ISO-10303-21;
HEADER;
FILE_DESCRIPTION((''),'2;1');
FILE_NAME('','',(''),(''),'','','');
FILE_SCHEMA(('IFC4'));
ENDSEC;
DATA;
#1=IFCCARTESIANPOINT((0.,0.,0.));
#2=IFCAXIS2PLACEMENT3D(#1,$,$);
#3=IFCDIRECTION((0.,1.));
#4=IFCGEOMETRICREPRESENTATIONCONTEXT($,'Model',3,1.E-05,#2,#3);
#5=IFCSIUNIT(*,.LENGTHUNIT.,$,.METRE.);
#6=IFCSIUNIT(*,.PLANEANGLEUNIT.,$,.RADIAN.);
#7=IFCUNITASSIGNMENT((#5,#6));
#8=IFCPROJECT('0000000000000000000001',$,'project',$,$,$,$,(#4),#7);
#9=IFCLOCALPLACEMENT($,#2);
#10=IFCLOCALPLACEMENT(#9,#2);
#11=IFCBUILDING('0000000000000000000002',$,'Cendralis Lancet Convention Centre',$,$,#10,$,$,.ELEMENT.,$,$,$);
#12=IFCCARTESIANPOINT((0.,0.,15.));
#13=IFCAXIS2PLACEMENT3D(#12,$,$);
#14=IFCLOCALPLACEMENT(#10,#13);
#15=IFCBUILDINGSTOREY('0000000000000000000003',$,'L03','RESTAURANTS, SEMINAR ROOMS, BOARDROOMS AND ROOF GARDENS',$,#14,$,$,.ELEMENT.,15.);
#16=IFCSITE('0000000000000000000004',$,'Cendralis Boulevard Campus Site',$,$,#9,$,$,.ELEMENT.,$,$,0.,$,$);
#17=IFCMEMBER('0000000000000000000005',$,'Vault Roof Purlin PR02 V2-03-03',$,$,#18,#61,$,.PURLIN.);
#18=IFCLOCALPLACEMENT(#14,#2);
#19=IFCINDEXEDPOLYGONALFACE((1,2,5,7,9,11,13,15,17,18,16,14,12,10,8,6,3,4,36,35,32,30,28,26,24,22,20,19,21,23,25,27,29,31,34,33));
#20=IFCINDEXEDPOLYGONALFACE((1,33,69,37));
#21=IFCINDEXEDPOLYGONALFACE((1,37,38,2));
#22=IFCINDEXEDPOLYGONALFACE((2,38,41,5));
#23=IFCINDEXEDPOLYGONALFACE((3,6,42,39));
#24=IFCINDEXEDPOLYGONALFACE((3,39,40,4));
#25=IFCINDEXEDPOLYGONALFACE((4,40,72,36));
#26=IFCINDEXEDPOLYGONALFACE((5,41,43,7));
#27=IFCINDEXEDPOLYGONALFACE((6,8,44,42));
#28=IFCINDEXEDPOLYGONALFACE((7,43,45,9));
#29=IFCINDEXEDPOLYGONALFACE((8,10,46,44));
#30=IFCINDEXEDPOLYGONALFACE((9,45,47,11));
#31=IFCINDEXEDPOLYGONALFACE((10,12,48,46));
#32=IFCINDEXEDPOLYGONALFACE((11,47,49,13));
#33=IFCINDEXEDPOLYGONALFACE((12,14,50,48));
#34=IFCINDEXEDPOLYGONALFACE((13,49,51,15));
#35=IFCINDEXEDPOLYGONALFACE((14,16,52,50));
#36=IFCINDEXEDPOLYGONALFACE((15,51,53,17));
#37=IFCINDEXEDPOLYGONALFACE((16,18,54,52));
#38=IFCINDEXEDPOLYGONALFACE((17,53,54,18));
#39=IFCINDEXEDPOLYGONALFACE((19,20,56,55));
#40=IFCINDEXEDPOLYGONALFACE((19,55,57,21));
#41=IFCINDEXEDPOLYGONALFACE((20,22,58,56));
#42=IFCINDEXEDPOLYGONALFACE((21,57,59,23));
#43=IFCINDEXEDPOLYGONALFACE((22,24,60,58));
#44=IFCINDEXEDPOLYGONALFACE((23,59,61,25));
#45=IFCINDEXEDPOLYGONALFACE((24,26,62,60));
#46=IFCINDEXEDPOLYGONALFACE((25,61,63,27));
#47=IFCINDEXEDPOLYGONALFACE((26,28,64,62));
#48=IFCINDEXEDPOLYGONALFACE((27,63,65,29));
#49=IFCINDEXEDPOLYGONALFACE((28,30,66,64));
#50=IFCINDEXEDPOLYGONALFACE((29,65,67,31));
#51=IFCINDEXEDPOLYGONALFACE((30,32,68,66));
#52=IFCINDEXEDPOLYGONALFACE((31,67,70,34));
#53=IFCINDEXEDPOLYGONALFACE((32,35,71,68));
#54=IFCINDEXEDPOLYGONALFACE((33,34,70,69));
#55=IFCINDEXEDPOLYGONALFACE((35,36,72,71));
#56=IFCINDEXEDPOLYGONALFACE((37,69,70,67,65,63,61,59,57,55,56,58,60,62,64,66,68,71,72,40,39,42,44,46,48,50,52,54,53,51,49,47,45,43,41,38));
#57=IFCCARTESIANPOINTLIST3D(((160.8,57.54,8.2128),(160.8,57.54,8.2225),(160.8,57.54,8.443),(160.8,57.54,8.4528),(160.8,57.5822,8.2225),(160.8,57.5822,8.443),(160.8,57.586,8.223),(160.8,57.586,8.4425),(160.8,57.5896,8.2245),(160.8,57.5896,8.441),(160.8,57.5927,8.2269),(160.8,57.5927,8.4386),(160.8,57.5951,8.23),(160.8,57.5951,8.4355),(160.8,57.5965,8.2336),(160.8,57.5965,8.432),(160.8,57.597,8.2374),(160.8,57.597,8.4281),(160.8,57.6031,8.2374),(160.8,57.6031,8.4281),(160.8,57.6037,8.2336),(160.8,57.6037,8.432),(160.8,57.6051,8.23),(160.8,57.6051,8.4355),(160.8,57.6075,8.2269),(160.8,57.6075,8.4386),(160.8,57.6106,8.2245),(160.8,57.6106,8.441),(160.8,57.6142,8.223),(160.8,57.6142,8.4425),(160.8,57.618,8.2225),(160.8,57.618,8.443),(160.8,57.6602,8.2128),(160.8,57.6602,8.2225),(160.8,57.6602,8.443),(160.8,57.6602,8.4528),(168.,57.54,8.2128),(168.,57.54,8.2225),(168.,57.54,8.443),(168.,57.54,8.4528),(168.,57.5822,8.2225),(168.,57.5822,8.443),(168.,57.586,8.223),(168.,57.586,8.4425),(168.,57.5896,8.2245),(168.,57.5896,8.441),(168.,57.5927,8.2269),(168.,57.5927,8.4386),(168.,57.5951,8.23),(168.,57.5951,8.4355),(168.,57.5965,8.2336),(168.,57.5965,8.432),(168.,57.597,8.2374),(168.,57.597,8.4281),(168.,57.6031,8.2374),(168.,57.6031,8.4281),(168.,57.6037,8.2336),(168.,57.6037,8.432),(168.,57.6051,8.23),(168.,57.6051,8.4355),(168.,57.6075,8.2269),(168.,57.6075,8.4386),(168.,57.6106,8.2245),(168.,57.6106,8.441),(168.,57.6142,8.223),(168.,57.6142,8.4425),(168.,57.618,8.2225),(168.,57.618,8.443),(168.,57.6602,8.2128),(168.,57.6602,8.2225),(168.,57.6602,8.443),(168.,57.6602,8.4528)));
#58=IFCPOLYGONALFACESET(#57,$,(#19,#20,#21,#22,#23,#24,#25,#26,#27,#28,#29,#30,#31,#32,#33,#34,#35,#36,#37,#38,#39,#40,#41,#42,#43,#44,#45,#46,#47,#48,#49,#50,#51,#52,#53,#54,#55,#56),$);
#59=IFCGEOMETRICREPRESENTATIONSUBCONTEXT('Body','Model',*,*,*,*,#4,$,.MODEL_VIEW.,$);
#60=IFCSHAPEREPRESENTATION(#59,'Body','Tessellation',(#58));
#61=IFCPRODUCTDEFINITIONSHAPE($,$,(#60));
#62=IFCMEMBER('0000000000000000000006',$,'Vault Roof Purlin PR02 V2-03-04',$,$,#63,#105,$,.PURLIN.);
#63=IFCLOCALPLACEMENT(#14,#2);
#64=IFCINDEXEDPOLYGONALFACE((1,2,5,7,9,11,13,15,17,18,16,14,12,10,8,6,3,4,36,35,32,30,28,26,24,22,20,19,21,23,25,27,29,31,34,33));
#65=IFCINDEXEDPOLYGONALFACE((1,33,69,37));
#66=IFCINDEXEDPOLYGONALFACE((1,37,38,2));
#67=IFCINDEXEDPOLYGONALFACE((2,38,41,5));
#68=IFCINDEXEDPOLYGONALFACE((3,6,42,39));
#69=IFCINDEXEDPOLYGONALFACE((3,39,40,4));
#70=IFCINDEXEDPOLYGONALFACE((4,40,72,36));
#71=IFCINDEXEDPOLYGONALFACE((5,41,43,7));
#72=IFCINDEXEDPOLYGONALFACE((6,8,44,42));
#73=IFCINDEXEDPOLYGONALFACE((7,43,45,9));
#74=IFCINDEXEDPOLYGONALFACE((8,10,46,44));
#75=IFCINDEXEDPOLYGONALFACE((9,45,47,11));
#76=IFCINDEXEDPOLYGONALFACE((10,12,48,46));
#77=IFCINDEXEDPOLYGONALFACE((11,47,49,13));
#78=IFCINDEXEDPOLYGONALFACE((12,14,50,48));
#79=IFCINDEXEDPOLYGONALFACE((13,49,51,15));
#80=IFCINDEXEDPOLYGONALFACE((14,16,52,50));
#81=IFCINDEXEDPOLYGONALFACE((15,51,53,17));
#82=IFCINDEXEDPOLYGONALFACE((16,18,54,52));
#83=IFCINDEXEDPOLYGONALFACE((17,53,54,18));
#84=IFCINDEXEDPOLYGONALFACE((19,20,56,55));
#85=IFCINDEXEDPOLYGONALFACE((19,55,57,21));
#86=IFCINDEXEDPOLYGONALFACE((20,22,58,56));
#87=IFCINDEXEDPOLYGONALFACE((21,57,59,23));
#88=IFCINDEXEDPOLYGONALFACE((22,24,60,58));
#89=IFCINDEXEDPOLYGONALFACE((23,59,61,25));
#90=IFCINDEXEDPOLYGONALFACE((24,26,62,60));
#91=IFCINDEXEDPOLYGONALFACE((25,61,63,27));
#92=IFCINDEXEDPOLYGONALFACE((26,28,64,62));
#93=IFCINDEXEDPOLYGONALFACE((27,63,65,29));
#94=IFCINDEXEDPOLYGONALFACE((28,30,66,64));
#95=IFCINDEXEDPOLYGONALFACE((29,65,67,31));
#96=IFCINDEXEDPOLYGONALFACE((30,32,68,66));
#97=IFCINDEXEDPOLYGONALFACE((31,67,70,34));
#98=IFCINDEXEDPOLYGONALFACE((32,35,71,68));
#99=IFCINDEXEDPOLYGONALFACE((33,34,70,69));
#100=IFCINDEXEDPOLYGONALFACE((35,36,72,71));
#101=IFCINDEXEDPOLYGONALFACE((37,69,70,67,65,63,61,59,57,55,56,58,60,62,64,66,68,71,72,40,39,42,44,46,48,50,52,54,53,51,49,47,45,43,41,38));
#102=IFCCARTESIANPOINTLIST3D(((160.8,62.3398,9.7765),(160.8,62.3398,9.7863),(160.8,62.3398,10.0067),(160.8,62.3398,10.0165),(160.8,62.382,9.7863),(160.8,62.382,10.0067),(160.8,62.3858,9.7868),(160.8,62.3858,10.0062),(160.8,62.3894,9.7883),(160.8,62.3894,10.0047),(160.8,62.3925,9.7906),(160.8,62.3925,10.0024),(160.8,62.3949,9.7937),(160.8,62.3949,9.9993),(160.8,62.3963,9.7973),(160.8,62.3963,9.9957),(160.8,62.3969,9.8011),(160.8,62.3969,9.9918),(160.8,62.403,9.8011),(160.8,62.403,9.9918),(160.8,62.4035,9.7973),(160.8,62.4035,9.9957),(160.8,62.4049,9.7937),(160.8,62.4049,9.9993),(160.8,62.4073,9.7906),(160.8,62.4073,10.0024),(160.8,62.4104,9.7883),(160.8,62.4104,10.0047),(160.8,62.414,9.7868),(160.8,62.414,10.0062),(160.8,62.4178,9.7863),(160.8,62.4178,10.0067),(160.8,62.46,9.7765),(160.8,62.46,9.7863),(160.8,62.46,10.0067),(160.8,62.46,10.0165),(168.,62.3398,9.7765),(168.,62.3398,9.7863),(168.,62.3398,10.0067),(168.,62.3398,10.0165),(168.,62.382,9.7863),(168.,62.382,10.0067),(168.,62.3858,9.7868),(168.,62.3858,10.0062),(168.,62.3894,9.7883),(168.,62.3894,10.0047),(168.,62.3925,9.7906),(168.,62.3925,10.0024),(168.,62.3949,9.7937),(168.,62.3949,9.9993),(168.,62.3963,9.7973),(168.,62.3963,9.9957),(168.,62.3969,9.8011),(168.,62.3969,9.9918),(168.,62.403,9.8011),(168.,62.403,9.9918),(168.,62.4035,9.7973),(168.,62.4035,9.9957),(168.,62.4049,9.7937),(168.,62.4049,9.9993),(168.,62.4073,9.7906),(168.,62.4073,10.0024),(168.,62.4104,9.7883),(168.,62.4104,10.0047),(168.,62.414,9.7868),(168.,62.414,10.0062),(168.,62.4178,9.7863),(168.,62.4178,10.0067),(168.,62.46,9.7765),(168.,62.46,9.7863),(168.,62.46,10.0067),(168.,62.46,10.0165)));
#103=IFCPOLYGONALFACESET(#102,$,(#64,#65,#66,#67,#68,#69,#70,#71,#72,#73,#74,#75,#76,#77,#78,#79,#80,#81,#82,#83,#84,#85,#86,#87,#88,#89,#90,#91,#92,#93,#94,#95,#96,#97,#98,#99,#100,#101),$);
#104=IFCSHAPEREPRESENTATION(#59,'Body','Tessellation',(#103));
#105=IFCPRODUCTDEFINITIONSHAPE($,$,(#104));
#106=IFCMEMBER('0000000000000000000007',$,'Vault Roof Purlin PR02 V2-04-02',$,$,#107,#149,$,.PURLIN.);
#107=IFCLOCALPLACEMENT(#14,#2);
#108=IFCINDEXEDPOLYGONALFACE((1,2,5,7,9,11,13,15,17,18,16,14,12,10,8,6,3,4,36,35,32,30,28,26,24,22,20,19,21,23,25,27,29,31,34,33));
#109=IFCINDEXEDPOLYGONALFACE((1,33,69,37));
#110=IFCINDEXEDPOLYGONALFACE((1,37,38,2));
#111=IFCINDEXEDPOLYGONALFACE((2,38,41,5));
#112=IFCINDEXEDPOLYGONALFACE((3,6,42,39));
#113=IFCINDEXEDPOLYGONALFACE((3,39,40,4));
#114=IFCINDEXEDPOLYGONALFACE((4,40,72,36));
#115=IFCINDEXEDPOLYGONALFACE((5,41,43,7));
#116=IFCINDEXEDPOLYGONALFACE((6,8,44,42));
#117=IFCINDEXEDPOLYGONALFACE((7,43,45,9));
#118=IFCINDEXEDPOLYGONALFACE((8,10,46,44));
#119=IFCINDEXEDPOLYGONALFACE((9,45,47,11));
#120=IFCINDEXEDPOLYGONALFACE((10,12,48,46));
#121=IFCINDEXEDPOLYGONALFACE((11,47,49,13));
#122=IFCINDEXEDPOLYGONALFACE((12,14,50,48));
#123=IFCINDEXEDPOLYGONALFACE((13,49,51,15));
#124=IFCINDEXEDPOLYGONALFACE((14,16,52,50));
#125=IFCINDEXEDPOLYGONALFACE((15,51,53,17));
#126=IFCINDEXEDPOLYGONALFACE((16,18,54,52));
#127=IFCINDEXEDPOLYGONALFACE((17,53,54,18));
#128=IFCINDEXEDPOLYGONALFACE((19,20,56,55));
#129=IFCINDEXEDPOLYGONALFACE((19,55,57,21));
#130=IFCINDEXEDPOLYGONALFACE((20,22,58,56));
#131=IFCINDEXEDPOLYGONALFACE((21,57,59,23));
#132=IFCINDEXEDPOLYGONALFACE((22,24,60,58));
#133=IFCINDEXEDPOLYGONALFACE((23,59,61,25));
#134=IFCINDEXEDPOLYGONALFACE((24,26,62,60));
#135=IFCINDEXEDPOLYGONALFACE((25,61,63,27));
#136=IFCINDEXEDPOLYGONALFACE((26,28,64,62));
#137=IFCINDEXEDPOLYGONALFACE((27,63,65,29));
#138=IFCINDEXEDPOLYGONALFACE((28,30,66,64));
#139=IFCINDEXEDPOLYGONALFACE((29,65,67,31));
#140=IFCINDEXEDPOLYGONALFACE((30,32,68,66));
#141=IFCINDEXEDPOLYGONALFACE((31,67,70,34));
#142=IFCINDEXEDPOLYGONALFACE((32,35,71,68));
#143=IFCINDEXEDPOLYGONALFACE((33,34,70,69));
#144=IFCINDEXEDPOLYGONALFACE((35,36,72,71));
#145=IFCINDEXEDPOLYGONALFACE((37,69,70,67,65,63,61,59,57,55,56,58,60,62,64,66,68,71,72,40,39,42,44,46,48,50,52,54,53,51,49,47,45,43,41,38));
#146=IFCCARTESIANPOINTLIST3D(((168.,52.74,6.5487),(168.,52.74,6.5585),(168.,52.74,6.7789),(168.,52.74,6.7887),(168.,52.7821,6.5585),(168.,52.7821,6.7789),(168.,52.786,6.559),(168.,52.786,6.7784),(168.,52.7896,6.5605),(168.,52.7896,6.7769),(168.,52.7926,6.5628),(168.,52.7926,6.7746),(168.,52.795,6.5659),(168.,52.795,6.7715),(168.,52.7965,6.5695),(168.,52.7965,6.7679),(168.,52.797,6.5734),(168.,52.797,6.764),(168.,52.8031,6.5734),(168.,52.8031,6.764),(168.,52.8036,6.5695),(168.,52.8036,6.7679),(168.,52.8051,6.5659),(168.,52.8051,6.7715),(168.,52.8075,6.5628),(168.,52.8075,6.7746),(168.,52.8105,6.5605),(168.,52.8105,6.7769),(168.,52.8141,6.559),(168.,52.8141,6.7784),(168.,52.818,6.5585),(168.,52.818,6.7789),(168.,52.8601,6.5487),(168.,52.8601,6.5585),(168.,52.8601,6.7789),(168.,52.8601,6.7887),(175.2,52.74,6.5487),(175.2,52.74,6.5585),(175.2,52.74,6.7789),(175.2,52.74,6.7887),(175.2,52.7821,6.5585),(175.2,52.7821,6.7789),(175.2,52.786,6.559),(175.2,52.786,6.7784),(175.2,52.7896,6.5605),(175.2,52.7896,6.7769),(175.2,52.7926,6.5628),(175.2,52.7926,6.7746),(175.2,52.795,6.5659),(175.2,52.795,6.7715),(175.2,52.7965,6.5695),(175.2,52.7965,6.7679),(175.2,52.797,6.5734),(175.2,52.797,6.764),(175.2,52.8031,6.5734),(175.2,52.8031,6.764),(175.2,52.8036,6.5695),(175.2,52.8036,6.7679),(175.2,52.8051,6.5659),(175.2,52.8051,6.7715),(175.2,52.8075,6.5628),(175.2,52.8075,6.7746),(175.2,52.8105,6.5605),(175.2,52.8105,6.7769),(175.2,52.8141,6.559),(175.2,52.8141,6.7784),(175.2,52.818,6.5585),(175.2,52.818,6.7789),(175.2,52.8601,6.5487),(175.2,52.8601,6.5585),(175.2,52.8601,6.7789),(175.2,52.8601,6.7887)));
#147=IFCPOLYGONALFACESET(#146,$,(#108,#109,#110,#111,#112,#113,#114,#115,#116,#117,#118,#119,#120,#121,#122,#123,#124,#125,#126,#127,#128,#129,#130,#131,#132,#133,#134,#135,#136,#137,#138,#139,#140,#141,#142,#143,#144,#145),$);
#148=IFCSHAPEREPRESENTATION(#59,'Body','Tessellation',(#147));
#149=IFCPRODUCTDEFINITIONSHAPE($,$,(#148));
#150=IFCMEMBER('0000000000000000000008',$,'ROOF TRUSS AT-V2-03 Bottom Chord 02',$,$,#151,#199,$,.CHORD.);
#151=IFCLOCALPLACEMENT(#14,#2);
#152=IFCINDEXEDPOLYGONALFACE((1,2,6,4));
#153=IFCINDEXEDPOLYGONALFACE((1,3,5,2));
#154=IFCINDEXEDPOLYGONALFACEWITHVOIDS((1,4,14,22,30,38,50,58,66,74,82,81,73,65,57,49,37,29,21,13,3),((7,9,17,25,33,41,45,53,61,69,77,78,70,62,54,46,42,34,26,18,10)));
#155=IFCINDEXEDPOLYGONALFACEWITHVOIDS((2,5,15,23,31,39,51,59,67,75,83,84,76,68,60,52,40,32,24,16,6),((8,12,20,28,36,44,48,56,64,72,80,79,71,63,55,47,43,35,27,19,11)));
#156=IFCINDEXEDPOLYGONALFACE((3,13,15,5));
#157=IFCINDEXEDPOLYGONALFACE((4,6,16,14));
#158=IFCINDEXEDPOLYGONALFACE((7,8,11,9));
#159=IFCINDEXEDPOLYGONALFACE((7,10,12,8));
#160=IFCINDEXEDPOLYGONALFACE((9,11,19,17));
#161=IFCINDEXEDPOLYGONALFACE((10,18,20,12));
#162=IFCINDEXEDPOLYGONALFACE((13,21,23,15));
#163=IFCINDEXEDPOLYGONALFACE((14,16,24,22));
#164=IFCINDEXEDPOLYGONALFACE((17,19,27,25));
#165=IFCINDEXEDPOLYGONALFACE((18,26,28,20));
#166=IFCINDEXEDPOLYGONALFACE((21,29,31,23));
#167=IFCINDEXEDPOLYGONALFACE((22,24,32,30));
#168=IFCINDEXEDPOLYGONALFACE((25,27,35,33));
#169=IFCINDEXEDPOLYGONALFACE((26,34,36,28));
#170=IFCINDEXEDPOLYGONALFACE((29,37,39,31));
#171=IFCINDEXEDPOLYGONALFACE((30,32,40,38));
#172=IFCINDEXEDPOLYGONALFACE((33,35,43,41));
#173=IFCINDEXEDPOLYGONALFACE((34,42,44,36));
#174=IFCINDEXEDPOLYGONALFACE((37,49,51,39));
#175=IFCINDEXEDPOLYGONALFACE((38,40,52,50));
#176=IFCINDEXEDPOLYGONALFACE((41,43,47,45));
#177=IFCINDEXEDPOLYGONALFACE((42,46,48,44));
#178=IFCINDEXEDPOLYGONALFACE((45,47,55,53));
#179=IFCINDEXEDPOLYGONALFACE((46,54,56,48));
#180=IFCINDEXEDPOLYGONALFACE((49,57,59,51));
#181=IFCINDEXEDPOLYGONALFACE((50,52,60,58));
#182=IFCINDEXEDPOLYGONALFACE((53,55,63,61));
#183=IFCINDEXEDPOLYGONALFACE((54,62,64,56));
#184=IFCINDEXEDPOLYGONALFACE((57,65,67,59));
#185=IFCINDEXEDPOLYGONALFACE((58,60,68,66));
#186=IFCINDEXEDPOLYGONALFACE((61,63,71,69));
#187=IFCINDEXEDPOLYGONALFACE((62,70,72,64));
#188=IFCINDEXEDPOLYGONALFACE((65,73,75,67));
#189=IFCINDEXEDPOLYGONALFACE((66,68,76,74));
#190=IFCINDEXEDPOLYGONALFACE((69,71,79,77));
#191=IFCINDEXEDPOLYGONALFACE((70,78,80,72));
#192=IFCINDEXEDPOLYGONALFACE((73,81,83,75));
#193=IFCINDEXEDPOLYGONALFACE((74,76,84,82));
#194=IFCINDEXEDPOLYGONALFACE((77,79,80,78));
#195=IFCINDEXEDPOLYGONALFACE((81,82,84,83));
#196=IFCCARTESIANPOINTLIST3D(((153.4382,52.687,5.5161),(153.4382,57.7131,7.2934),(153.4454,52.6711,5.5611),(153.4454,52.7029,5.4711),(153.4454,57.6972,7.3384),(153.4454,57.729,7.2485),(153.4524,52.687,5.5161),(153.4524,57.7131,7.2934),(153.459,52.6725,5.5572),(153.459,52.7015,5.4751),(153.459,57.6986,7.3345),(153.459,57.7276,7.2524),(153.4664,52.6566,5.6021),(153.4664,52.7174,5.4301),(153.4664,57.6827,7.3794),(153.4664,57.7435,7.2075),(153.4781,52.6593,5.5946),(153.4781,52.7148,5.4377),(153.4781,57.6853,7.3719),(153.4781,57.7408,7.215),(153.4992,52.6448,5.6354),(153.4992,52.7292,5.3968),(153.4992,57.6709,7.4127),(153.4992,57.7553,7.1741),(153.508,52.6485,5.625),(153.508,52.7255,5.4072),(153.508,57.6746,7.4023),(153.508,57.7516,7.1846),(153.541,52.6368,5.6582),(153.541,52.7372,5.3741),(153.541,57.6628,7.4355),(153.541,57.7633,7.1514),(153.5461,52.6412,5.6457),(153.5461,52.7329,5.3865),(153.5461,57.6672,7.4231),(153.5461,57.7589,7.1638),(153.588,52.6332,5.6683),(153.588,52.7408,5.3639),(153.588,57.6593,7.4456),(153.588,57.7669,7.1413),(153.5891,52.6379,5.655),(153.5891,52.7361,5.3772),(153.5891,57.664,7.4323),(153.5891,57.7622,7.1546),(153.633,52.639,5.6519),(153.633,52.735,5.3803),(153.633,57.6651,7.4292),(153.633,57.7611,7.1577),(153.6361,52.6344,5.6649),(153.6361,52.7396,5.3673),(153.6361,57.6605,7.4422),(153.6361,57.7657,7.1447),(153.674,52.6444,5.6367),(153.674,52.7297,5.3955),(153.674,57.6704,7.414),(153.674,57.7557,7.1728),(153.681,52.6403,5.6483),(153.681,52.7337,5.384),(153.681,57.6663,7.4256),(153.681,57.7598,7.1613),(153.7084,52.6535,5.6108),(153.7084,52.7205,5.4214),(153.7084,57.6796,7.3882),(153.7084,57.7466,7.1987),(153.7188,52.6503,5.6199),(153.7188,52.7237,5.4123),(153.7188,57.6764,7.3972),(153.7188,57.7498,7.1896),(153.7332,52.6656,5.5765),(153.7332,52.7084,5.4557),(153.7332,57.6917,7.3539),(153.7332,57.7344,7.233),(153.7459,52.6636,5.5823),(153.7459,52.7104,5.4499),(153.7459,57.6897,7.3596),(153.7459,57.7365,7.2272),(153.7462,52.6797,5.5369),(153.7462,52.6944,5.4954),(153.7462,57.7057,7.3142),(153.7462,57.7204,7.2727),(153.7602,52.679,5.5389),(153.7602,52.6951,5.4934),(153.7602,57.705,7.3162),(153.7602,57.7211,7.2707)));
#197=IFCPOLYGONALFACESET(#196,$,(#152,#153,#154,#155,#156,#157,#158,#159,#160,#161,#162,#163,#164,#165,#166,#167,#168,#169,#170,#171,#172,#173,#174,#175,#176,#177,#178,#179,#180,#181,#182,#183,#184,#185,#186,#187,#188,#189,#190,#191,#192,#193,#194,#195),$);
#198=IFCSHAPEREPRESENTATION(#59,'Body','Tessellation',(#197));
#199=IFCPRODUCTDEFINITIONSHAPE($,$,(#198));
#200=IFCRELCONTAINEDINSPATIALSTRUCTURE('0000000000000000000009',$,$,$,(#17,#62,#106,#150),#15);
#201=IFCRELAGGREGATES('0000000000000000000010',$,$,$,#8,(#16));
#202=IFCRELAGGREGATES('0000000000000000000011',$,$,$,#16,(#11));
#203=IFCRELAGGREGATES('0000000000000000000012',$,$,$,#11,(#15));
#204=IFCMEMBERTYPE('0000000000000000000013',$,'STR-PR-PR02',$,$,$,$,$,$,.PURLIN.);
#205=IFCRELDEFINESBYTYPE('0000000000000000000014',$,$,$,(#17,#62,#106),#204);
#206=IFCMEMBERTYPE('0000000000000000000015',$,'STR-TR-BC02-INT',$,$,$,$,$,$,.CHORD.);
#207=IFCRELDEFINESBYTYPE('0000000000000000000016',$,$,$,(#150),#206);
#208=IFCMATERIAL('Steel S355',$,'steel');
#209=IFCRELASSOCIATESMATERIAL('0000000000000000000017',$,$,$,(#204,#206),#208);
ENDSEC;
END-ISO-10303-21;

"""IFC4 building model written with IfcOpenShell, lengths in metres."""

from ifc_helpers import new_model, si_unit, direction, frame, origin, origin_2d, place, context, subcontext, project, spatial, hollow_circle, i_section, extrude, material, material_profile, profile_set, type_object, element, save


model = new_model("IFC4")

# Units and contexts
model_context = context("Model", 3, precision=1e-05, world=origin(), true_north=direction((0.0, 1.0)))
body_context = subcontext(model_context, "Body", "Model", "MODEL_VIEW")
ifc_project = project(units=[si_unit("LENGTHUNIT", "METRE"), si_unit("PLANEANGLEUNIT", "RADIAN")], contexts=[model_context])

# Site, building, storey
site_placement = place(None, origin())
site = spatial("IfcSite", under=ifc_project, at=site_placement, Name="Cendralis Boulevard Campus Site", CompositionType="ELEMENT", RefElevation=0.0)
building_placement = place(site_placement, origin())
building = spatial("IfcBuilding", under=site, at=building_placement, Name="Cendralis Lancet Convention Centre", CompositionType="ELEMENT")
storey_placement = place(building_placement, frame((0.0, 0.0, 15.0)))
storey = spatial("IfcBuildingStorey", under=building, at=storey_placement, Name="L03", Description="RESTAURANTS, SEMINAR ROOMS, BOARDROOMS AND ROOF GARDENS", CompositionType="ELEMENT", Elevation=15.0)

# Members
ifc_material = material(Name="Steel S355", Category="steel")
ifc_material_profile_1 = material_profile(ifc_material, i_section(OverallWidth=0.1201, OverallDepth=0.24, WebThickness=0.0061, FlangeThickness=0.0098, FilletRadius=0.0149, at=origin_2d()), Name="IPE 240")
ifc_profile_set_1 = profile_set([ifc_material_profile_1], Name="Steel S355")
member_type_1 = type_object("IfcMemberType", Name="STR-PR-PR02", PredefinedType="PURLIN", material=ifc_profile_set_1)
for number, where, z_axis, x_axis, name in (
    (1, (160.8, 57.6001, 8.3328), (1.0, 0.0, 0.0), (0.0, 1.0, 0.0), "Vault Roof Purlin PR02 V2-03-03"),
    (2, (160.8, 62.3999, 9.8965), (1.0, 0.0, 0.0), (0.0, 1.0, 0.0), "Vault Roof Purlin PR02 V2-03-04"),
    (3, (168.0, 52.8, 6.6687), (1.0, 0.0, 0.0), (0.0, 1.0, 0.0), "Vault Roof Purlin PR02 V2-04-02"),
):
    element("IfcMember", number, at=place(storey_placement, frame(where, z_axis=z_axis, x_axis=x_axis)), inside=storey, type_object=member_type_1, Name=name, PredefinedType="PURLIN", context=body_context, shape_type="SweptSolid", body=[
        extrude(i_section(OverallWidth=0.1201, OverallDepth=0.24, WebThickness=0.0061, FlangeThickness=0.0098, FilletRadius=0.0149, at=origin_2d()), origin(), (0.0, 0.0, 1.0), 7.2),
    ])
ifc_material_profile_2 = material_profile(ifc_material, hollow_circle(Radius=0.1619, WallThickness=0.0142, at=origin_2d()), Name="CHS 323.9x14.2")
ifc_profile_set_2 = profile_set([ifc_material_profile_2], Name="Steel S355")
member_type_2 = type_object("IfcMemberType", Name="STR-TR-BC02-INT", PredefinedType="CHORD", material=ifc_profile_set_2)
member_1_placement = place(storey_placement, frame((153.6001, 52.687, 5.5161), z_axis=(0.0, 0.942789, 0.33339), x_axis=(-1.0, 0.0, 0.0)))
element("IfcMember", 4, at=member_1_placement, inside=storey, type_object=member_type_2, Name="ROOF TRUSS AT-V2-03 Bottom Chord 02", PredefinedType="CHORD", context=body_context, shape_type="SweptSolid", body=[
    extrude(hollow_circle(Radius=0.1619, WallThickness=0.0142, at=origin_2d()), origin(), (0.0, 0.0, 1.0), 5.3311),
])

save(model, "model.ifc")
